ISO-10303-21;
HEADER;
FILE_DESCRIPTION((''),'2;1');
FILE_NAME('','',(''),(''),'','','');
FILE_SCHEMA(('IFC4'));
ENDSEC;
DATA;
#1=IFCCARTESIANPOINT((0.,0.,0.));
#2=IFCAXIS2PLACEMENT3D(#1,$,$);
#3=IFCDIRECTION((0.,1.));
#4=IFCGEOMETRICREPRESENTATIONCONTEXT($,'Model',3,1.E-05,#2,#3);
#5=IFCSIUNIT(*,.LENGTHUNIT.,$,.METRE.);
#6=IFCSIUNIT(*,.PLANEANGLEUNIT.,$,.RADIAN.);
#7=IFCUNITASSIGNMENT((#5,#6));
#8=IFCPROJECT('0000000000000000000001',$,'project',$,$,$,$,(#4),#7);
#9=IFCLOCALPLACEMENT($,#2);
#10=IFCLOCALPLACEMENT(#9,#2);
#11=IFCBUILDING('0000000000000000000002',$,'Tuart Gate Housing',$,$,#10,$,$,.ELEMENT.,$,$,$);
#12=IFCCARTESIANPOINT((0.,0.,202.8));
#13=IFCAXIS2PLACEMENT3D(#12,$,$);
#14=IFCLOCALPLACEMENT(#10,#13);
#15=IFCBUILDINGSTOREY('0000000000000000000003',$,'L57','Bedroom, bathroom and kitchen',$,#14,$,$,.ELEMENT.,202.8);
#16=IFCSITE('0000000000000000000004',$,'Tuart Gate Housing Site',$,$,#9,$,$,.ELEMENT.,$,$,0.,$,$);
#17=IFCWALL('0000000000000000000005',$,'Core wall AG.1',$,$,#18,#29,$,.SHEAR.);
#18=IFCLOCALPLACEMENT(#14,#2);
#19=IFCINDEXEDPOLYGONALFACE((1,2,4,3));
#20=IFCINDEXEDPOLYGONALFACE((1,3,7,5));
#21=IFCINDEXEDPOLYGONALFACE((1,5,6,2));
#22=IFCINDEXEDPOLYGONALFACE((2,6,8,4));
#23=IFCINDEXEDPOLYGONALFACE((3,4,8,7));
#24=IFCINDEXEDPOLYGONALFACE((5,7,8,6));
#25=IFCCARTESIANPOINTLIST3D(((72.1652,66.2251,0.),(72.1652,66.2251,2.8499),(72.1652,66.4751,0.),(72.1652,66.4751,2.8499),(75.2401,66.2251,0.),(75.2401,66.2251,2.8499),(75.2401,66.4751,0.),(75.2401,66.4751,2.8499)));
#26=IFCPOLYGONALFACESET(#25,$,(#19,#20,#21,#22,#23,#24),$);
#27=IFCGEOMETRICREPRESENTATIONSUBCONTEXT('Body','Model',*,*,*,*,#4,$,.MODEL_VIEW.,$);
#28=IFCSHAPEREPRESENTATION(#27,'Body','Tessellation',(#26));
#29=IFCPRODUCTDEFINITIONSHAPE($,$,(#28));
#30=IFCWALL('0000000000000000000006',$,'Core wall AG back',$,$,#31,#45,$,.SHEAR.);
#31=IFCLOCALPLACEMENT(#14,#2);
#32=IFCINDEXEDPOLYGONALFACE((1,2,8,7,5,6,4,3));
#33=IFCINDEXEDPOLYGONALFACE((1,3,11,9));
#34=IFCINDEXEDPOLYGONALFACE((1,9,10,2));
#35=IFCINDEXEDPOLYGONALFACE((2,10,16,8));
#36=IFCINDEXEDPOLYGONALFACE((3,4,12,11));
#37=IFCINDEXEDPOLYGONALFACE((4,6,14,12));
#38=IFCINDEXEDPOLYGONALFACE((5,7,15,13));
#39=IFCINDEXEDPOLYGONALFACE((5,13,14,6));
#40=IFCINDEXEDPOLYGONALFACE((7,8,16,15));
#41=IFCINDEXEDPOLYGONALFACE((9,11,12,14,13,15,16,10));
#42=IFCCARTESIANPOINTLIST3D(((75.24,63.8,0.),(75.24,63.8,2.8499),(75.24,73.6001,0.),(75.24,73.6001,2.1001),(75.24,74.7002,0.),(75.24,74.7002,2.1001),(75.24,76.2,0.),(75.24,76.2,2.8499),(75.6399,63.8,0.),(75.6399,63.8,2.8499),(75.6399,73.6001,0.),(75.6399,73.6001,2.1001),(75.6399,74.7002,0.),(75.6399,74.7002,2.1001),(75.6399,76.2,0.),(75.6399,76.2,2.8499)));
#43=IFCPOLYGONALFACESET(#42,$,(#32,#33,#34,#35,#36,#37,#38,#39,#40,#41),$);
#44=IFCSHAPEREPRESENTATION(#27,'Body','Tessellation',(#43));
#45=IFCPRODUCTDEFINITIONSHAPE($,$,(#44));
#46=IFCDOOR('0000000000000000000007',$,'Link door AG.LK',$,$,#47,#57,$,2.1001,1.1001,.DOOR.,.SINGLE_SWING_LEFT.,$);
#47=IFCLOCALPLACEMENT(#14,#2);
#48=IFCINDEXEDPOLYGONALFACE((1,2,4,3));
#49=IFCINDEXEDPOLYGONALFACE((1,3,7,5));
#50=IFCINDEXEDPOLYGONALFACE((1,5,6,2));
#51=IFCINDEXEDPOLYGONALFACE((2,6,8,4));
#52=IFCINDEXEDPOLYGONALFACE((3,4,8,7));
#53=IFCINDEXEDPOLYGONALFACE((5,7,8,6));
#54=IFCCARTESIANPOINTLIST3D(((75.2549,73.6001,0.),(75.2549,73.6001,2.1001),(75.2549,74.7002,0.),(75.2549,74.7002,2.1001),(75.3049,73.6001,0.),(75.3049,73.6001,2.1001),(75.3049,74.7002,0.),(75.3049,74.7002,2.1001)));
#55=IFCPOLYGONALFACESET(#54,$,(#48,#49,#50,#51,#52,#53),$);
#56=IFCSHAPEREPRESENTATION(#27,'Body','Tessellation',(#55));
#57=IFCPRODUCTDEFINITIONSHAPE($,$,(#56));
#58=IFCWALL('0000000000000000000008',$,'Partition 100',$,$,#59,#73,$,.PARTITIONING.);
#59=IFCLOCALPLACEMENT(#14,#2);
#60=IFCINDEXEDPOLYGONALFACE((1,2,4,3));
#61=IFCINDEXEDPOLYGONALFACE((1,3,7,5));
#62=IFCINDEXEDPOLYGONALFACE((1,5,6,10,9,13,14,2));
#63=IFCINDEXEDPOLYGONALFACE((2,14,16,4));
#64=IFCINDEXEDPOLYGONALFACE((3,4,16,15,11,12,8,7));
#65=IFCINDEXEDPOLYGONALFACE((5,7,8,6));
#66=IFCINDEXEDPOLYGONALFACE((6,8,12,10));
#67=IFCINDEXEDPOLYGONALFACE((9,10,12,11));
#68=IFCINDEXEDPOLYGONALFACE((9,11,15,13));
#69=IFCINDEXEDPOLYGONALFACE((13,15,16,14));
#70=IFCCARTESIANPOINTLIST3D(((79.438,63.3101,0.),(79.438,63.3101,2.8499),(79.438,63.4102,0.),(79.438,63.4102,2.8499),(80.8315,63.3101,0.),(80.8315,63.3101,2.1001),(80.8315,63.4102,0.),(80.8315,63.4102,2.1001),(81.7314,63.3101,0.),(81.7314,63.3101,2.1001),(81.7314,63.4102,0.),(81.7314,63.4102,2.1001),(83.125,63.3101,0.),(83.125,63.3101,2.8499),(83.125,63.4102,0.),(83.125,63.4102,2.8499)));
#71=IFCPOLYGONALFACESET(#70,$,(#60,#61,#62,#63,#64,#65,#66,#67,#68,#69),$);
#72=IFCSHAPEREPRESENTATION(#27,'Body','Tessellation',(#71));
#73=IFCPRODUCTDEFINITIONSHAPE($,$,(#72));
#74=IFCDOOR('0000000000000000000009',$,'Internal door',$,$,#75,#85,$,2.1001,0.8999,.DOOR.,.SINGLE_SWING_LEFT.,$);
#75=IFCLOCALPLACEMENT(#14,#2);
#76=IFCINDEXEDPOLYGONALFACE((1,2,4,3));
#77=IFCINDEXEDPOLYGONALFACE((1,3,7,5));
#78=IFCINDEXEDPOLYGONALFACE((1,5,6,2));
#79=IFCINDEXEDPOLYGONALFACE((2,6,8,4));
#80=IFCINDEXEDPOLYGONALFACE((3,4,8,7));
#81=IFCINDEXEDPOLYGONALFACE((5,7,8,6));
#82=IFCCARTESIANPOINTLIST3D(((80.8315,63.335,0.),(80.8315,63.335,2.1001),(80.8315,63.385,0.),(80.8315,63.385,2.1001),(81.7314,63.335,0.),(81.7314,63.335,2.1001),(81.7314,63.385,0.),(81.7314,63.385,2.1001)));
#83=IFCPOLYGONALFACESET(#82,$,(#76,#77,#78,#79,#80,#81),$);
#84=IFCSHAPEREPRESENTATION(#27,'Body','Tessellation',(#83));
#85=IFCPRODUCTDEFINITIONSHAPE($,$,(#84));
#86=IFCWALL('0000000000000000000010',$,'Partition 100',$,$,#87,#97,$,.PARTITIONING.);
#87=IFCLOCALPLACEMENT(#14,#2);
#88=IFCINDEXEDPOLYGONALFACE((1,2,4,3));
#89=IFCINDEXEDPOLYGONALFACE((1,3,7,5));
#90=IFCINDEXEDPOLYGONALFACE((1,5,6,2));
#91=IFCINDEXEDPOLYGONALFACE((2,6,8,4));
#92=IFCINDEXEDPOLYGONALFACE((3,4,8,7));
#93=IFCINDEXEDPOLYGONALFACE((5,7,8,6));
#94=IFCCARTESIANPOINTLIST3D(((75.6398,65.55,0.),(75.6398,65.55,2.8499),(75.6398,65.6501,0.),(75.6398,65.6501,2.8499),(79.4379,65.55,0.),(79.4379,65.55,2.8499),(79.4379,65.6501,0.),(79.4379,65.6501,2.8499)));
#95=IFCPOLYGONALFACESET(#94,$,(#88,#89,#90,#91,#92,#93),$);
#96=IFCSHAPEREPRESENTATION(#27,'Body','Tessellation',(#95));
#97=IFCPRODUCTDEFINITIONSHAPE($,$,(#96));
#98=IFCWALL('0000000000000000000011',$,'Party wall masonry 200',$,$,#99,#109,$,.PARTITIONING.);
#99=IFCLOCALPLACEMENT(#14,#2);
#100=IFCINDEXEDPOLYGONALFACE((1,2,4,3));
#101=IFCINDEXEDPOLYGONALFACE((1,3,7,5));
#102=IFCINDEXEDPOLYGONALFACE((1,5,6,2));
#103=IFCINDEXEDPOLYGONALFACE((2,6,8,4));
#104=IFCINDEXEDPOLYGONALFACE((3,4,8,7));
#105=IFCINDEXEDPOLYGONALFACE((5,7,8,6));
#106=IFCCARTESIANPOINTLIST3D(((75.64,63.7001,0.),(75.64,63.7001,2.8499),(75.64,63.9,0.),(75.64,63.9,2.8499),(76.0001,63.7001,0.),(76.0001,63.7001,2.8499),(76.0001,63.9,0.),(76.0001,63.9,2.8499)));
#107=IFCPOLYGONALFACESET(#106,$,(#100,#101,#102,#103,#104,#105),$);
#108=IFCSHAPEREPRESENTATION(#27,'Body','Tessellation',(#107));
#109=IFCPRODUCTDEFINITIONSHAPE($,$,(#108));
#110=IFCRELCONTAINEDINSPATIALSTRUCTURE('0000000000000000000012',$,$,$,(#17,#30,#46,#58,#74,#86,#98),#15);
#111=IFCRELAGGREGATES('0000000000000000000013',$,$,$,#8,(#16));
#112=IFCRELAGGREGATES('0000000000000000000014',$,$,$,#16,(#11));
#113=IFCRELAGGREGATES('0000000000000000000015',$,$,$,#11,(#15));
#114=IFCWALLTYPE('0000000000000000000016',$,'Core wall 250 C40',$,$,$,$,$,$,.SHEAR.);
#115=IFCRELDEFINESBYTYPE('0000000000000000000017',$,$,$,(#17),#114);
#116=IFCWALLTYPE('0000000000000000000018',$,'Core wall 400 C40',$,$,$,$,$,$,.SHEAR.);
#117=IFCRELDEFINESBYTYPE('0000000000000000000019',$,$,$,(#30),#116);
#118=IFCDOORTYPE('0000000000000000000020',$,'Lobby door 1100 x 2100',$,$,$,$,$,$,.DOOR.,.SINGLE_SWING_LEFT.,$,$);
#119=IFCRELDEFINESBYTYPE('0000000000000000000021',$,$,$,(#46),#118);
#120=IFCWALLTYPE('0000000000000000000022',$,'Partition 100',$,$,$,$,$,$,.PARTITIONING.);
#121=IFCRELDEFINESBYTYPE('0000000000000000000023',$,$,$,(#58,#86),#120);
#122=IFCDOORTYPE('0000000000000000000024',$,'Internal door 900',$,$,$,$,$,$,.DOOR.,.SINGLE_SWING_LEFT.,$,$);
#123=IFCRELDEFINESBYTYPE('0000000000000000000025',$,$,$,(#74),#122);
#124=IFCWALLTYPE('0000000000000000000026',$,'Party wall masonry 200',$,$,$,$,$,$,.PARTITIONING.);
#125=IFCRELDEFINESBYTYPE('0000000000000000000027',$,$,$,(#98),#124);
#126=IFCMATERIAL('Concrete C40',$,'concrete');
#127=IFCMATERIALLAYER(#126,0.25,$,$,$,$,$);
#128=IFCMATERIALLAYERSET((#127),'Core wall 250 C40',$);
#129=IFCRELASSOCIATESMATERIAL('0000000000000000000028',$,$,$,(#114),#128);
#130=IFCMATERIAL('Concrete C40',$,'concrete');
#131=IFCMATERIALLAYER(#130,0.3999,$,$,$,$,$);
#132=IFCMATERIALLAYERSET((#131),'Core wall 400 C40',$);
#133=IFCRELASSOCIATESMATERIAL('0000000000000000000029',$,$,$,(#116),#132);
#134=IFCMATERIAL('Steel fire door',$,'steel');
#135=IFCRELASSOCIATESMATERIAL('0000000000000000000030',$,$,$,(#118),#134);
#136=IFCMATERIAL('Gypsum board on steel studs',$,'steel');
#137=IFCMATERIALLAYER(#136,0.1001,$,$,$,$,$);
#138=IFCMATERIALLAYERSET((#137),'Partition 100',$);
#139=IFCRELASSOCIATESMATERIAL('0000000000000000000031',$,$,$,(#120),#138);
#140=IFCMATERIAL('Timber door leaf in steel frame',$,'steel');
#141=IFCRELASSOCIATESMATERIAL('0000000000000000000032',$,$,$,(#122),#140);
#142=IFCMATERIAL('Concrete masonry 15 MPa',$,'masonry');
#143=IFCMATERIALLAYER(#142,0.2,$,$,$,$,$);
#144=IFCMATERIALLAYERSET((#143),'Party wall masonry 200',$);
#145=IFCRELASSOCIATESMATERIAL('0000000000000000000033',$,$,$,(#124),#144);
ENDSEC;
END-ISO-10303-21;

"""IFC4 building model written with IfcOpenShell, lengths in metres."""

from ifc_helpers import new_model, si_unit, direction, frame, frame_2d, origin, place, context, subcontext, project, spatial, rectangle, extrude, material, layer, layer_set, type_object, element, fill, save


model = new_model("IFC4")

# Units and contexts
model_context = context("Model", 3, precision=1e-05, world=origin(), true_north=direction((0.0, 1.0)))
body_context = subcontext(model_context, "Body", "Model", "MODEL_VIEW")
ifc_project = project(units=[si_unit("LENGTHUNIT", "METRE"), si_unit("PLANEANGLEUNIT", "RADIAN")], contexts=[model_context])

# Site, building, storey
site_placement = place(None, origin())
site = spatial("IfcSite", under=ifc_project, at=site_placement, Name="Tuart Gate Housing Site", CompositionType="ELEMENT", RefElevation=0.0)
building_placement = place(site_placement, origin())
building = spatial("IfcBuilding", under=site, at=building_placement, Name="Tuart Gate Housing", CompositionType="ELEMENT")
storey_placement = place(building_placement, frame((0.0, 0.0, 202.8)))
storey = spatial("IfcBuildingStorey", under=building, at=storey_placement, Name="L57", Description="Bedroom, bathroom and kitchen", CompositionType="ELEMENT", Elevation=202.8)

# Wall
ifc_material_1 = material(Name="Concrete C40", Category="concrete")
ifc_layer_1 = layer(ifc_material_1, 0.25)
ifc_layer_set_1 = layer_set([ifc_layer_1], Name="Core wall 250 C40")
wall_type_1 = type_object("IfcWallType", Name="Core wall 250 C40", PredefinedType="SHEAR", material=ifc_layer_set_1)
wall_1_placement = place(storey_placement, frame((72.165, 66.3501, 0.0), z_axis=(0.0, 0.0, 1.0), x_axis=(1.0, 0.0, 0.0)))
element("IfcWall", 1, at=wall_1_placement, inside=storey, type_object=wall_type_1, Name="Core wall AG.1", PredefinedType="SHEAR", context=body_context, shape_type="SweptSolid", body=[
    extrude(rectangle(XDim=3.075, YDim=0.25, at=frame_2d((1.5376, 0.0))), origin(), (0.0, 0.0, 1.0), 2.8499),
])

# Walls, openings, doors
ifc_material_2 = material(Name="Concrete C40", Category="concrete")
ifc_layer_2 = layer(ifc_material_2, 0.3999)
ifc_layer_set_2 = layer_set([ifc_layer_2], Name="Core wall 400 C40")
wall_type_2 = type_object("IfcWallType", Name="Core wall 400 C40", PredefinedType="SHEAR", material=ifc_layer_set_2)
wall_2_placement = place(storey_placement, frame((75.4399, 63.8, 0.0), z_axis=(0.0, 0.0, 1.0), x_axis=(0.0, 1.0, 0.0)))
wall_2 = element("IfcWall", 2, at=wall_2_placement, inside=storey, type_object=wall_type_2, Name="Core wall AG back", PredefinedType="SHEAR", context=body_context, shape_type="SweptSolid", body=[
    extrude(rectangle(XDim=12.3999, YDim=0.3999, at=frame_2d((6.2, 0.0))), origin(), (0.0, 0.0, 1.0), 2.8499),
])
opening_1_placement = place(wall_2_placement, frame((9.8, 0.0, 0.0)))
opening_1 = element("IfcOpeningElement", 3, at=opening_1_placement, cuts=wall_2, PredefinedType="OPENING", context=body_context, shape_type="SweptSolid", body=[
    extrude(rectangle(XDim=1.1001, YDim=2.1001, at=frame_2d((0.55, 1.05))), frame((0.0, 0.21, 0.0), z_axis=(0.0, -1.0, 0.0), x_axis=(1.0, 0.0, 0.0)), (0.0, 0.0, 1.0), 0.4199),
])
ifc_material_3 = material(Name="Steel fire door", Category="steel")
door_type_1 = type_object("IfcDoorType", Name="Lobby door 1100 x 2100", OperationType="SINGLE_SWING_LEFT", PredefinedType="DOOR", material=ifc_material_3)
door_1_placement = place(opening_1_placement, origin())
door_1 = element("IfcDoor", 4, at=door_1_placement, inside=storey, type_object=door_type_1, Name="Link door AG.LK", OperationType="SINGLE_SWING_LEFT", OverallHeight=2.1001, OverallWidth=1.1001, PredefinedType="DOOR", context=body_context, shape_type="SweptSolid", body=[
    extrude(rectangle(XDim=1.1001, YDim=2.1001, at=frame_2d((0.55, 1.05))), frame((0.0, 0.1851, 0.0), z_axis=(0.0, -1.0, 0.0), x_axis=(1.0, 0.0, 0.0)), (0.0, 0.0, 1.0), 0.05),
])
fill(opening_1, door_1)
ifc_material_4 = material(Name="Gypsum board on steel studs", Category="steel")
ifc_layer_3 = layer(ifc_material_4, 0.1001)
ifc_layer_set_3 = layer_set([ifc_layer_3], Name="Partition 100")
wall_type_3 = type_object("IfcWallType", Name="Partition 100", PredefinedType="PARTITIONING", material=ifc_layer_set_3)
wall_3_placement = place(storey_placement, frame((79.438, 63.3601, 0.0), z_axis=(0.0, 0.0, 1.0), x_axis=(1.0, 0.0, 0.0)))
wall_3 = element("IfcWall", 5, at=wall_3_placement, inside=storey, type_object=wall_type_3, Name="Partition 100", PredefinedType="PARTITIONING", context=body_context, shape_type="SweptSolid", body=[
    extrude(rectangle(XDim=3.687, YDim=0.1001, at=frame_2d((1.8435, 0.0))), origin(), (0.0, 0.0, 1.0), 2.8499),
])
opening_2_placement = place(wall_3_placement, frame((1.3936, 0.0, 0.0)))
opening_2 = element("IfcOpeningElement", 6, at=opening_2_placement, cuts=wall_3, PredefinedType="OPENING", context=body_context, shape_type="SweptSolid", body=[
    extrude(rectangle(XDim=0.8999, YDim=2.1001, at=frame_2d((0.45, 1.05))), frame((0.0, 0.0601, 0.0), z_axis=(0.0, -1.0, 0.0), x_axis=(1.0, 0.0, 0.0)), (0.0, 0.0, 1.0), 0.1201),
])
ifc_material_5 = material(Name="Timber door leaf in steel frame", Category="steel")
door_type_2 = type_object("IfcDoorType", Name="Internal door 900", OperationType="SINGLE_SWING_LEFT", PredefinedType="DOOR", material=ifc_material_5)
door_2_placement = place(opening_2_placement, origin())
door_2 = element("IfcDoor", 7, at=door_2_placement, inside=storey, type_object=door_type_2, Name="Internal door", OperationType="SINGLE_SWING_LEFT", OverallHeight=2.1001, OverallWidth=0.8999, PredefinedType="DOOR", context=body_context, shape_type="SweptSolid", body=[
    extrude(rectangle(XDim=0.8999, YDim=2.1001, at=frame_2d((0.45, 1.05))), frame((0.0, 0.0249, 0.0), z_axis=(0.0, -1.0, 0.0), x_axis=(1.0, 0.0, 0.0)), (0.0, 0.0, 1.0), 0.05),
])
fill(opening_2, door_2)

# Walls
wall_4_placement = place(storey_placement, frame((75.6399, 65.6001, 0.0), z_axis=(0.0, 0.0, 1.0), x_axis=(1.0, 0.0, 0.0)))
element("IfcWall", 8, at=wall_4_placement, inside=storey, type_object=wall_type_3, Name="Partition 100", PredefinedType="PARTITIONING", context=body_context, shape_type="SweptSolid", body=[
    extrude(rectangle(XDim=3.7981, YDim=0.1001, at=frame_2d((1.8989, 0.0))), origin(), (0.0, 0.0, 1.0), 2.8499),
])
ifc_material_6 = material(Name="Concrete masonry 15 MPa", Category="masonry")
ifc_layer_4 = layer(ifc_material_6, 0.2)
ifc_layer_set_4 = layer_set([ifc_layer_4], Name="Party wall masonry 200")
wall_type_4 = type_object("IfcWallType", Name="Party wall masonry 200", PredefinedType="PARTITIONING", material=ifc_layer_set_4)
wall_5_placement = place(storey_placement, frame((75.6399, 63.8, 0.0), z_axis=(0.0, 0.0, 1.0), x_axis=(1.0, 0.0, 0.0)))
element("IfcWall", 9, at=wall_5_placement, inside=storey, type_object=wall_type_4, Name="Party wall masonry 200", PredefinedType="PARTITIONING", context=body_context, shape_type="SweptSolid", body=[
    extrude(rectangle(XDim=0.3601, YDim=0.2, at=frame_2d((0.1802, 0.0))), origin(), (0.0, 0.0, 1.0), 2.8499),
])

save(model, "model.ifc")
